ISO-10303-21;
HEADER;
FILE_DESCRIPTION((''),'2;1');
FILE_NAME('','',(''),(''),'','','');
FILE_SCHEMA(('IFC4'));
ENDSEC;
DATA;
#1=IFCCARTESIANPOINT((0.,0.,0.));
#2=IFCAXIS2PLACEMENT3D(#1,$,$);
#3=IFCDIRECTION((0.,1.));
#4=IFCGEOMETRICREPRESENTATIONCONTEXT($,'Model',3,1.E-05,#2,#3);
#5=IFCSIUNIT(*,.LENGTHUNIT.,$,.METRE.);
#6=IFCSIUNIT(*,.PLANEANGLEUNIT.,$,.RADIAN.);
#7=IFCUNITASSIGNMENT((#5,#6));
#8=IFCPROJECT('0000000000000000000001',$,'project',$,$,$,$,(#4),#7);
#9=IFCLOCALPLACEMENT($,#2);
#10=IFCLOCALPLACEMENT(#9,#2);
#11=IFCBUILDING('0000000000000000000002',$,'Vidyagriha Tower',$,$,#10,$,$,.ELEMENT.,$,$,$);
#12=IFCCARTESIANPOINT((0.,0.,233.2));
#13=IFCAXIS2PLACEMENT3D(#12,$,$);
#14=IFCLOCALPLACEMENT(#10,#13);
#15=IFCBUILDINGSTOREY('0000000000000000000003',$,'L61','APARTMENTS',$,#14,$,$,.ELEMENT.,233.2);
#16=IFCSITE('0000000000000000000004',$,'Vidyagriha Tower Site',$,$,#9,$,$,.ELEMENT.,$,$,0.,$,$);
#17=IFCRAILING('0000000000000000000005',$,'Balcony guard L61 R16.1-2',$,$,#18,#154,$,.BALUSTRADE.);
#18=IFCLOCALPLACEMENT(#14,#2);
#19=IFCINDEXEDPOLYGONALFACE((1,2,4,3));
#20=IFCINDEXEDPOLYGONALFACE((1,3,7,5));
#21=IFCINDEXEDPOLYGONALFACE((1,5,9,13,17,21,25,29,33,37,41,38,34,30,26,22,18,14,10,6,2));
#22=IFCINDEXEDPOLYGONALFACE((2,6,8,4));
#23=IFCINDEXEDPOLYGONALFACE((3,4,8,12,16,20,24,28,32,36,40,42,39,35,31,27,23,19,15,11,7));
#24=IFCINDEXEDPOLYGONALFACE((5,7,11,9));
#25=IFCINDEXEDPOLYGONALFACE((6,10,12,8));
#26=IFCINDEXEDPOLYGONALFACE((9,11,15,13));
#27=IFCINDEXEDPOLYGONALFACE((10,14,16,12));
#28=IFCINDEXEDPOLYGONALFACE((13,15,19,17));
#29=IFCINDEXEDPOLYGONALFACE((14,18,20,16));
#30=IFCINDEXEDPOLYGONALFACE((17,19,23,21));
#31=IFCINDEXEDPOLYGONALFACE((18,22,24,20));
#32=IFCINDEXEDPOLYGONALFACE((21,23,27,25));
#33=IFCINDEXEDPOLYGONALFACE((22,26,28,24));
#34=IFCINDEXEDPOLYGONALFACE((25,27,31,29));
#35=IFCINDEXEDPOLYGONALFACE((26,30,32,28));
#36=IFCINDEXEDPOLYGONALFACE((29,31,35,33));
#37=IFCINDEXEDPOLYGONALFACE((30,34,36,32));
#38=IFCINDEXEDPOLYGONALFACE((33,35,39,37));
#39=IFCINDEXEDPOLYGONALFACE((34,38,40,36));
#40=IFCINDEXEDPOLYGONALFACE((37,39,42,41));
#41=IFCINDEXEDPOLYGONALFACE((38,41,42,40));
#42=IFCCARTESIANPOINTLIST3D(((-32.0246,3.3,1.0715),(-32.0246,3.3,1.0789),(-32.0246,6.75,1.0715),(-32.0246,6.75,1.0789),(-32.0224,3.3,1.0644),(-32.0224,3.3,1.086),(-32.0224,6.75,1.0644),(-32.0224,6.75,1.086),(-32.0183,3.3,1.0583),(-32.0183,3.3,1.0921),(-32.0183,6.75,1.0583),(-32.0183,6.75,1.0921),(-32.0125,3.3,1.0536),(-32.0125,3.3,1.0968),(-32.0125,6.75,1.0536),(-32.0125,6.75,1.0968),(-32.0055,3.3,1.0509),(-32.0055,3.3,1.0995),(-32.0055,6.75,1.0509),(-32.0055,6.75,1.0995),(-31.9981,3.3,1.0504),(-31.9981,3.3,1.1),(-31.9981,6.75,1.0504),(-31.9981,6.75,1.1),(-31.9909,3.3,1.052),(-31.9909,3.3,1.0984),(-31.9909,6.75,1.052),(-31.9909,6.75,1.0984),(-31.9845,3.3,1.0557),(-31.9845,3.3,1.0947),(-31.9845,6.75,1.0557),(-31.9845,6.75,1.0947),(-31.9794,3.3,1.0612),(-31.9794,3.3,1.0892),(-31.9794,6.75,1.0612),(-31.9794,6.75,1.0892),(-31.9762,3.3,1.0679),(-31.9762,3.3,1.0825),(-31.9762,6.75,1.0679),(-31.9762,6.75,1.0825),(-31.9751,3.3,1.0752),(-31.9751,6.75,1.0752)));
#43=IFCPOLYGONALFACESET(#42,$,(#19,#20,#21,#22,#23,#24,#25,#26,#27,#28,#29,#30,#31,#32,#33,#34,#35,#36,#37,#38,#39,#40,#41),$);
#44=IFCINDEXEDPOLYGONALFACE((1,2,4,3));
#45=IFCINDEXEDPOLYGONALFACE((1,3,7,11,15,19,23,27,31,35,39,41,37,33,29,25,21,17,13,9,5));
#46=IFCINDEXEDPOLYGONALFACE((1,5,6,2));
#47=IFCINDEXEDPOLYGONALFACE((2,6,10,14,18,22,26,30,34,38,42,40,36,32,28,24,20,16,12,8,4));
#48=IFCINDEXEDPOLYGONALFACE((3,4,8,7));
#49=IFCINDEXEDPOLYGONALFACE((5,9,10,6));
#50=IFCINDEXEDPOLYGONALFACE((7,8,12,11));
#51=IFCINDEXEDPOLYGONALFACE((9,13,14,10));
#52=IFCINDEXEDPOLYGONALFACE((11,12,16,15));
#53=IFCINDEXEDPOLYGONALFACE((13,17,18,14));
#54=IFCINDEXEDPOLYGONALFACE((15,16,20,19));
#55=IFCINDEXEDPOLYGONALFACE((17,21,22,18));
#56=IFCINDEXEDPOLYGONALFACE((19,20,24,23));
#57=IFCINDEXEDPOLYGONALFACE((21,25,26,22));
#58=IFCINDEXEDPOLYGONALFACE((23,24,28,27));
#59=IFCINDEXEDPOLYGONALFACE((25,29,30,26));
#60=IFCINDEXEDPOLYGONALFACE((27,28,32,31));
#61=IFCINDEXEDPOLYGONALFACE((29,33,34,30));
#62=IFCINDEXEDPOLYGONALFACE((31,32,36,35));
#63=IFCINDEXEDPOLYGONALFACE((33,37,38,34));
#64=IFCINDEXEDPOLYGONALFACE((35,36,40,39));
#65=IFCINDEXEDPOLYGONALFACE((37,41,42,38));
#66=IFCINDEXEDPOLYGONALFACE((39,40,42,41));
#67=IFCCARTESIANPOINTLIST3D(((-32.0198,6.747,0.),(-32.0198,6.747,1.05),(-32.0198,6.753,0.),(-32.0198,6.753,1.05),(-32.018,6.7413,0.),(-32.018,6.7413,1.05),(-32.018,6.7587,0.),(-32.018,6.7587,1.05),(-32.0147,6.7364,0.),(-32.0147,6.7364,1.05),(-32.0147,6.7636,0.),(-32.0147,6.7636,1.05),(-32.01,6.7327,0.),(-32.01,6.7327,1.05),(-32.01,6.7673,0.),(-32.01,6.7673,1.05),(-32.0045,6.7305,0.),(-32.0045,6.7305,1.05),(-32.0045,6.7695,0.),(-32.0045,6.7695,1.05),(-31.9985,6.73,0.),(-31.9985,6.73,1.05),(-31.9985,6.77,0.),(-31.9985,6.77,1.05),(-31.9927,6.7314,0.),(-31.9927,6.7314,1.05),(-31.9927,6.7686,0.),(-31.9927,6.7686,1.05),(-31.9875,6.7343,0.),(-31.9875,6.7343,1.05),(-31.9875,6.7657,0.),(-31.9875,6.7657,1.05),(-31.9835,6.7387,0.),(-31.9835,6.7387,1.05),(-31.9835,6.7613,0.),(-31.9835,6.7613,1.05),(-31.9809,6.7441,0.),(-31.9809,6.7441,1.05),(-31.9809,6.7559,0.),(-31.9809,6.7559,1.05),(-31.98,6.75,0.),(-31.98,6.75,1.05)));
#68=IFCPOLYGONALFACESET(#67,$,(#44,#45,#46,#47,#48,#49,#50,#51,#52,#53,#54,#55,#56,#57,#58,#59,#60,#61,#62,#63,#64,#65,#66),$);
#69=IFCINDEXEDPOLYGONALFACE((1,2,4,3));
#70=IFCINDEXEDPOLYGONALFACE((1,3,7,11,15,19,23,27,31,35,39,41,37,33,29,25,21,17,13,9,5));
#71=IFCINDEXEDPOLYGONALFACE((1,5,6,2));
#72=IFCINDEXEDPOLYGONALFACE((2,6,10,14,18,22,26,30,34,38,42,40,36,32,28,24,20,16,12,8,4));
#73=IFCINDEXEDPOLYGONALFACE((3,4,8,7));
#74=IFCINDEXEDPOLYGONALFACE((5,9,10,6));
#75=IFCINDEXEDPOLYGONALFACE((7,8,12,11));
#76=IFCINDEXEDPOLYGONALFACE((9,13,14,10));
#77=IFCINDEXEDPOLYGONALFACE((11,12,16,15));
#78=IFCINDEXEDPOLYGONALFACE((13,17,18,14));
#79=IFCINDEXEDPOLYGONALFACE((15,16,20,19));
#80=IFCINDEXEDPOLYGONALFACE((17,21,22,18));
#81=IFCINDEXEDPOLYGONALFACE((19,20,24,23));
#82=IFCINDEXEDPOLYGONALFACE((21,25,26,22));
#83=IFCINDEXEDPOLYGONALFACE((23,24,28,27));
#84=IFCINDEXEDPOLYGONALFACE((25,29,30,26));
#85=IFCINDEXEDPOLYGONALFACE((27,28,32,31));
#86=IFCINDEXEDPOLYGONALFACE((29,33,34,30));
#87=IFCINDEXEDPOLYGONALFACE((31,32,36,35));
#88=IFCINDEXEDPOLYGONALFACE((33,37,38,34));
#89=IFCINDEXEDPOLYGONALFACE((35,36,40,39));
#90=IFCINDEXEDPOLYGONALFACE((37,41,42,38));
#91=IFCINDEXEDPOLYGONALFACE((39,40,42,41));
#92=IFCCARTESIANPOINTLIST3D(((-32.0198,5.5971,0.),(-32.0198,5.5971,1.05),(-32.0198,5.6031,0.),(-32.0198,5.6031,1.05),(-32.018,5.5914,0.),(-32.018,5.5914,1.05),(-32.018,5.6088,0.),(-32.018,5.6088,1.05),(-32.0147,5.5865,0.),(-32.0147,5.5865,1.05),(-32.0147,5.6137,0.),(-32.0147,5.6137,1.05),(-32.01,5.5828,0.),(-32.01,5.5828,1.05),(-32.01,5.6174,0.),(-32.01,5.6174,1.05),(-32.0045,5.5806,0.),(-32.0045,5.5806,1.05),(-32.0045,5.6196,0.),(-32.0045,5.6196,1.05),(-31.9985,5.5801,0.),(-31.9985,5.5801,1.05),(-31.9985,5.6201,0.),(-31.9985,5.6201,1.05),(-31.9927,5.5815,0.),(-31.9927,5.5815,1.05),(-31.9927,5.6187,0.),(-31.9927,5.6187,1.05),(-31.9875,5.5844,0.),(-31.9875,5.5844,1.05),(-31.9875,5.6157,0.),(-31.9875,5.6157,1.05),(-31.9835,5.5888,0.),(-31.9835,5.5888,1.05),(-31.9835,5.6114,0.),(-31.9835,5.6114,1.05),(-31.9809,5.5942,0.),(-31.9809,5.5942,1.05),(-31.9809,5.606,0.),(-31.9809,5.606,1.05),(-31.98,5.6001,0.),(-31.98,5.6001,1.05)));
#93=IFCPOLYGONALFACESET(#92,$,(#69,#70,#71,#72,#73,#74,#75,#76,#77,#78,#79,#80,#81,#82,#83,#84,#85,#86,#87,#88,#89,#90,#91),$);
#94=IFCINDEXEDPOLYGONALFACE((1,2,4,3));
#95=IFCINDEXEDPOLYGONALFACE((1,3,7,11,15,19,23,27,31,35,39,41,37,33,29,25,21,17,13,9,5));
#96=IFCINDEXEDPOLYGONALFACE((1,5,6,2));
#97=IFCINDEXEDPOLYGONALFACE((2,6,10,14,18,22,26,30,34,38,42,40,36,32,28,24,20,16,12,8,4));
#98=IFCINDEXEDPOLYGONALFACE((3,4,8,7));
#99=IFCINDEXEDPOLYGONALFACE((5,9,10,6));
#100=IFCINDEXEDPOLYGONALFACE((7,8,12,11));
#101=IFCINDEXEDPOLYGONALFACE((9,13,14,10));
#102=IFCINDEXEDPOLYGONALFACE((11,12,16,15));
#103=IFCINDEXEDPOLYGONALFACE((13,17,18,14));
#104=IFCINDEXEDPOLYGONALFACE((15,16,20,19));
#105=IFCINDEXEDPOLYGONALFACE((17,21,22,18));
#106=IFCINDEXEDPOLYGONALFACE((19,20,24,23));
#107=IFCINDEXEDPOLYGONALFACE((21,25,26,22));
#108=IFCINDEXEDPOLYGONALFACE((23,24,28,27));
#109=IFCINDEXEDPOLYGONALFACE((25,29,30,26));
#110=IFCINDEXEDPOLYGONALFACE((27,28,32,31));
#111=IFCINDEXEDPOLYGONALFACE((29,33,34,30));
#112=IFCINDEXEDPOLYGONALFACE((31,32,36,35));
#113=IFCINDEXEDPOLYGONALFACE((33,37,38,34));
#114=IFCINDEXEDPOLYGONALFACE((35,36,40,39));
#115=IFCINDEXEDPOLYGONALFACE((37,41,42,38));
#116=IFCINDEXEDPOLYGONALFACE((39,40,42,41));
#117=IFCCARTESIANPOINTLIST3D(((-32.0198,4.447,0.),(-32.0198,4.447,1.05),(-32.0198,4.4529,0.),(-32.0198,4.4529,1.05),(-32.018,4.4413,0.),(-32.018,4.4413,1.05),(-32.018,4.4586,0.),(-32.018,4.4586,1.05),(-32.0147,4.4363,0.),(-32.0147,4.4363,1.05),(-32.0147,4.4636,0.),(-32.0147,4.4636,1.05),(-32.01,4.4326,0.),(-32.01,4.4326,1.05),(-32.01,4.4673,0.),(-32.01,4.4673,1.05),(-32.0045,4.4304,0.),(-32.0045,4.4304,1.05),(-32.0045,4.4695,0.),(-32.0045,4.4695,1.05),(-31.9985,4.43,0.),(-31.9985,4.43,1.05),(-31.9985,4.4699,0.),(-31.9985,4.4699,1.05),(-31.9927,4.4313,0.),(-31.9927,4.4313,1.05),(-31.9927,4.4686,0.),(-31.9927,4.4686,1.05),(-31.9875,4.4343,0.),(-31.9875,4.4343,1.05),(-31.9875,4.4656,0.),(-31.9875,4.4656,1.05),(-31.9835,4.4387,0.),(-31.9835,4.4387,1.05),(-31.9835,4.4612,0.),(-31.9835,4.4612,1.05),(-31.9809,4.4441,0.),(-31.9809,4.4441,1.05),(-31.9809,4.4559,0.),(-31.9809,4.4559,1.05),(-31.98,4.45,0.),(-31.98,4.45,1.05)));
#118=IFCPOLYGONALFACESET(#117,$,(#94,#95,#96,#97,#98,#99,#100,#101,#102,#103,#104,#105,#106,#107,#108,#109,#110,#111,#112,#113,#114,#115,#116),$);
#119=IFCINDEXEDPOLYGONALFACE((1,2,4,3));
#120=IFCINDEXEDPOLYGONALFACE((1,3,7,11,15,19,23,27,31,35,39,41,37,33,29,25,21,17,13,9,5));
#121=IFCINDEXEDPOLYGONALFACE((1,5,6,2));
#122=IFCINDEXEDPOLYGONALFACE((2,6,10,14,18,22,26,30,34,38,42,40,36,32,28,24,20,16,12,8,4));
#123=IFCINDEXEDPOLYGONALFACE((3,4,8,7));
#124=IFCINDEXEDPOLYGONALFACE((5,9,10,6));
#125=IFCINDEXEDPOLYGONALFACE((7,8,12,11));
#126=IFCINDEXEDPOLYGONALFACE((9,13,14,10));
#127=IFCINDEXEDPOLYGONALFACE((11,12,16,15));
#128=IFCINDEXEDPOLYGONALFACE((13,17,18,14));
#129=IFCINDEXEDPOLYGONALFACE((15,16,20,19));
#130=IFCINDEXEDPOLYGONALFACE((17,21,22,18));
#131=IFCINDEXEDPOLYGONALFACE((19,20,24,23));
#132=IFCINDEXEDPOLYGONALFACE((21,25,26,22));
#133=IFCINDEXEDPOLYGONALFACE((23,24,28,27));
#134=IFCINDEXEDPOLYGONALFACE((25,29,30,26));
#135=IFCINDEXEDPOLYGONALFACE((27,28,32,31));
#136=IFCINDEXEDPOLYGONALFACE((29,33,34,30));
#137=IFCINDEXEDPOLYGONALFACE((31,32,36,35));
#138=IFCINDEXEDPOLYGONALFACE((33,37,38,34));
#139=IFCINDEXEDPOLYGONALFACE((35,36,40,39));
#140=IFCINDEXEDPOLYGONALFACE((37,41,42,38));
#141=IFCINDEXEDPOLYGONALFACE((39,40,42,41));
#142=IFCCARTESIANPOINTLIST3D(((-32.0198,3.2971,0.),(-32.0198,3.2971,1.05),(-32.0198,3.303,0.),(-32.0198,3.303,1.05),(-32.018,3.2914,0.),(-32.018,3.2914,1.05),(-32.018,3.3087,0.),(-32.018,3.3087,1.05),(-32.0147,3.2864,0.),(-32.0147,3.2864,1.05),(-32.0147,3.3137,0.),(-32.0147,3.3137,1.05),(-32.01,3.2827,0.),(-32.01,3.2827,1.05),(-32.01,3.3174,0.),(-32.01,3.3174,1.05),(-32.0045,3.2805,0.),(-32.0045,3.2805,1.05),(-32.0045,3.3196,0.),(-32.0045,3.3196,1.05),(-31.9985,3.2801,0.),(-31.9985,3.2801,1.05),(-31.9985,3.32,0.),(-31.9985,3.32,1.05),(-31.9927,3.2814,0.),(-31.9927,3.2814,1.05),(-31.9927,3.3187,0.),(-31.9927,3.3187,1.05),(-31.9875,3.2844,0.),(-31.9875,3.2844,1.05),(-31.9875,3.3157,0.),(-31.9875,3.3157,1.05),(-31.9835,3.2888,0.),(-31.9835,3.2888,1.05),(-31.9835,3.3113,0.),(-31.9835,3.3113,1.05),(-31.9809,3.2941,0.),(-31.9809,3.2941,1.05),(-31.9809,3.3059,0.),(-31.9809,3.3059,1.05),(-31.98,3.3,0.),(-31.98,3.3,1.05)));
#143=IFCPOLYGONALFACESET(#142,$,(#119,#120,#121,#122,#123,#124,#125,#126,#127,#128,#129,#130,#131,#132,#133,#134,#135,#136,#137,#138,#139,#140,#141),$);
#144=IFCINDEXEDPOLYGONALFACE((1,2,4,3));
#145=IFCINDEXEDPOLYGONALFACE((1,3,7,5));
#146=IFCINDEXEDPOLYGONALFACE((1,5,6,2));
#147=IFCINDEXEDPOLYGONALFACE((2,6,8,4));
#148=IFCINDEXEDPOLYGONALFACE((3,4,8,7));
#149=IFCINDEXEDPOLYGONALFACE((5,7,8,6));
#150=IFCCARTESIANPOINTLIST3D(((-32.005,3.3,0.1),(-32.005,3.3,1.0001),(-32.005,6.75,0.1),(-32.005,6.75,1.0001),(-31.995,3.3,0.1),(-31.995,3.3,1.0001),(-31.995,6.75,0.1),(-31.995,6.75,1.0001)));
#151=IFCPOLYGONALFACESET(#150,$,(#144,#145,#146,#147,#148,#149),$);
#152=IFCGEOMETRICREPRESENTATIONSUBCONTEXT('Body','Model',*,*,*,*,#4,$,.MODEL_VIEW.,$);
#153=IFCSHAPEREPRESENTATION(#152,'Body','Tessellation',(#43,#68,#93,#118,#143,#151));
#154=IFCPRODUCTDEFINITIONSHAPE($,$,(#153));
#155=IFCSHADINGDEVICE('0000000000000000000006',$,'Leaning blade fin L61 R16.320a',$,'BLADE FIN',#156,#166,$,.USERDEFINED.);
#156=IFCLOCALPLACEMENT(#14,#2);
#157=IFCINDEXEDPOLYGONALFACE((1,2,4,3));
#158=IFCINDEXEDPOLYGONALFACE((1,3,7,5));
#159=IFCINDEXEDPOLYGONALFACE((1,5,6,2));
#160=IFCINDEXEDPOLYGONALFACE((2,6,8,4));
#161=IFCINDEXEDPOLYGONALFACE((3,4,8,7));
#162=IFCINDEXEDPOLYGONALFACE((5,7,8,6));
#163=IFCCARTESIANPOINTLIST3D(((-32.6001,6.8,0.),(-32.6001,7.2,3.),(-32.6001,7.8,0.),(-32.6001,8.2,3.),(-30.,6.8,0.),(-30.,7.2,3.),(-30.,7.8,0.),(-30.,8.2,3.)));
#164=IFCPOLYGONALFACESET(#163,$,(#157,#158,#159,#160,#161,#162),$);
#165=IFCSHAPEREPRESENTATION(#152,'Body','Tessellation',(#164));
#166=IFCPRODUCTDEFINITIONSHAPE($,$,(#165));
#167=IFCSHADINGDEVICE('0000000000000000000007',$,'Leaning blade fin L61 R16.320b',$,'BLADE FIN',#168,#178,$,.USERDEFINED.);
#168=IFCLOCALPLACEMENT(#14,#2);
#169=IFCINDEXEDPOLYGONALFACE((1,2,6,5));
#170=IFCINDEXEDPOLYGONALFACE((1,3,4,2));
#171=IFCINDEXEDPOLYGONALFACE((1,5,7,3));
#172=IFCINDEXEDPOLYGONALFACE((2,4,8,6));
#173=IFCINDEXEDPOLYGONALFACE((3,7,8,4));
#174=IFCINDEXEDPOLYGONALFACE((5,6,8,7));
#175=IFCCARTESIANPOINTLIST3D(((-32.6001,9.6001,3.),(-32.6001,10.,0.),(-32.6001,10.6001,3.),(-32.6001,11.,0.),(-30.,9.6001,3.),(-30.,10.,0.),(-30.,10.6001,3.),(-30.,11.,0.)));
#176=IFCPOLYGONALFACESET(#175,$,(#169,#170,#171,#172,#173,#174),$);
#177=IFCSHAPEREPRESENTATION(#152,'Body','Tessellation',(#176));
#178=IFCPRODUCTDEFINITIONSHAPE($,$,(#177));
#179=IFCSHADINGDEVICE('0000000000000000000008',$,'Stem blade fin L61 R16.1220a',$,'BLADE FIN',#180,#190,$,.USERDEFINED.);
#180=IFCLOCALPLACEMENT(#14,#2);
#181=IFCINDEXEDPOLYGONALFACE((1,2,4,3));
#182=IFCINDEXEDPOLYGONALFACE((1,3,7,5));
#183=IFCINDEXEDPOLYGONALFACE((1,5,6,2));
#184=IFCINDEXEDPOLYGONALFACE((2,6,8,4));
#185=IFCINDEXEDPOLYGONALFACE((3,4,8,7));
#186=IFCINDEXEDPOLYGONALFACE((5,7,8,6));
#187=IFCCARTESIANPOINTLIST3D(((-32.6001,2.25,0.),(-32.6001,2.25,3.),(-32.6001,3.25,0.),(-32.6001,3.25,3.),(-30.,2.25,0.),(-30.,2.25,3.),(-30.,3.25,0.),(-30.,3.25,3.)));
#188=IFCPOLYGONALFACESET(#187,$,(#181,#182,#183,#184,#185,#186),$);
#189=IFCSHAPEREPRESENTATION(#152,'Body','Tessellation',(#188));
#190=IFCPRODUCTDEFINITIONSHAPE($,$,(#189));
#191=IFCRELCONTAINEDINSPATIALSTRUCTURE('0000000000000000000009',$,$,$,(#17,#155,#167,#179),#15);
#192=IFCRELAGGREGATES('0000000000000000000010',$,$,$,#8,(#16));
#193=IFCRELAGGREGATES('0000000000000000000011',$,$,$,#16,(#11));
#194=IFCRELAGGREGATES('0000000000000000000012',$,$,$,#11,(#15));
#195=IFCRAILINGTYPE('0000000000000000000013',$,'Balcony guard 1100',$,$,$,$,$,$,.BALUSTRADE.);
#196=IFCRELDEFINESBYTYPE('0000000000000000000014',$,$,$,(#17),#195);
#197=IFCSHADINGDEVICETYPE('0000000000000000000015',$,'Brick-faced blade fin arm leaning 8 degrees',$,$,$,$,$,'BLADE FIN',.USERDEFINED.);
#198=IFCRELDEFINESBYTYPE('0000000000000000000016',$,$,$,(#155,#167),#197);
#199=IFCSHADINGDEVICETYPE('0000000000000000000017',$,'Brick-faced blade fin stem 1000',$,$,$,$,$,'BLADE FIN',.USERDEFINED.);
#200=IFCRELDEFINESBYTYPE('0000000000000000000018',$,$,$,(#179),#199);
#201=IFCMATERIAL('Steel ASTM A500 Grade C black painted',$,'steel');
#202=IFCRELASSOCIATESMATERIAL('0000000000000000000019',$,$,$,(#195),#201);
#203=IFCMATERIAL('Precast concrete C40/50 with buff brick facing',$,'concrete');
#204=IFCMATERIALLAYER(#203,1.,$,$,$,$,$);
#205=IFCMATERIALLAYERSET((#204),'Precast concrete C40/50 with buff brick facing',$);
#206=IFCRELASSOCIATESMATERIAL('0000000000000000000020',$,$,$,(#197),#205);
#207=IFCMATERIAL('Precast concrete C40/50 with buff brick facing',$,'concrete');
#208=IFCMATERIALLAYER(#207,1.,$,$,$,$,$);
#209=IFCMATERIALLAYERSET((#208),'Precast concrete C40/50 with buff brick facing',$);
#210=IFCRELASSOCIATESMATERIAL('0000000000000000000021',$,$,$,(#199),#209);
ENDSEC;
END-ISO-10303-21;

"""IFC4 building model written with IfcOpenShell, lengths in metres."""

from ifc_helpers import new_model, si_unit, direction, frame, origin, origin_2d, place, context, subcontext, project, spatial, polyline, rectangle, circle, outline, extrude, material, layer, layer_set, type_object, element, save


model = new_model("IFC4")

# Units and contexts
model_context = context("Model", 3, precision=1e-05, world=origin(), true_north=direction((0.0, 1.0)))
body_context = subcontext(model_context, "Body", "Model", "MODEL_VIEW")
ifc_project = project(units=[si_unit("LENGTHUNIT", "METRE"), si_unit("PLANEANGLEUNIT", "RADIAN")], contexts=[model_context])

# Site, building, storey
site_placement = place(None, origin())
site = spatial("IfcSite", under=ifc_project, at=site_placement, Name="Vidyagriha Tower Site", CompositionType="ELEMENT", RefElevation=0.0)
building_placement = place(site_placement, origin())
building = spatial("IfcBuilding", under=site, at=building_placement, Name="Vidyagriha Tower", CompositionType="ELEMENT")
storey_placement = place(building_placement, frame((0.0, 0.0, 233.2)))
storey = spatial("IfcBuildingStorey", under=building, at=storey_placement, Name="L61", Description="APARTMENTS", CompositionType="ELEMENT", Elevation=233.2)

# Railing
ifc_material_1 = material(Name="Steel ASTM A500 Grade C black painted", Category="steel")
railing_type_1 = type_object("IfcRailingType", Name="Balcony guard 1100", PredefinedType="BALUSTRADE", material=ifc_material_1)
railing_1_placement = place(storey_placement, frame((-32.0, 6.75, 0.0)))
element("IfcRailing", 1, at=railing_1_placement, inside=storey, type_object=railing_type_1, Name="Balcony guard L61 R16.1-2", PredefinedType="BALUSTRADE", context=body_context, shape_type="SweptSolid", body=[
    extrude(circle(Radius=0.0249, at=origin_2d()), frame((0.0, 0.0, 1.0752), z_axis=(0.0, -1.0, 0.0), x_axis=(1.0, 0.0, 0.0)), (0.0, 0.0, 1.0), 3.45),
    extrude(circle(Radius=0.02, at=origin_2d()), origin(), (0.0, 0.0, 1.0), 1.05),
    extrude(circle(Radius=0.02, at=origin_2d()), frame((0.0, -1.1499, 0.0)), (0.0, 0.0, 1.0), 1.05),
    extrude(circle(Radius=0.02, at=origin_2d()), frame((0.0, -2.3, 0.0)), (0.0, 0.0, 1.0), 1.05),
    extrude(circle(Radius=0.02, at=origin_2d()), frame((0.0, -3.45, 0.0)), (0.0, 0.0, 1.0), 1.05),
    extrude(rectangle(XDim=0.01, YDim=0.9001, at=origin_2d()), frame((0.0, 0.0, 0.55), z_axis=(0.0, -1.0, 0.0), x_axis=(1.0, 0.0, 0.0)), (0.0, 0.0, 1.0), 3.45),
])

# Shading devices
ifc_material_2 = material(Name="Precast concrete C40/50 with buff brick facing", Category="concrete")
ifc_layer_1 = layer(ifc_material_2, 1.0)
ifc_layer_set_1 = layer_set([ifc_layer_1], Name="Precast concrete C40/50 with buff brick facing")
shading_device_type_1 = type_object("IfcShadingDeviceType", Name="Brick-faced blade fin arm leaning 8 degrees", ElementType="BLADE FIN", PredefinedType="USERDEFINED", material=ifc_layer_set_1)
shading_device_1_placement = place(storey_placement, frame((-31.3, 8.2, 0.0), z_axis=(0.0, 0.0, 1.0), x_axis=(0.0, -1.0, 0.0)))
element("IfcShadingDevice", 2, at=shading_device_1_placement, inside=storey, type_object=shading_device_type_1, Name="Leaning blade fin L61 R16.320a", ObjectType="BLADE FIN", PredefinedType="USERDEFINED", context=body_context, shape_type="SweptSolid", body=[
    extrude(outline(polyline([(0.3999, 0.0), (1.3999, 0.0), (1.0, 3.0), (0.0, 3.0), (0.3999, 0.0)])), frame((0.0, 1.3, 0.0), z_axis=(0.0, -1.0, 0.0), x_axis=(1.0, 0.0, 0.0)), (0.0, 0.0, 1.0), 2.6001),
])
shading_device_2_placement = place(storey_placement, frame((-31.3, 11.0, 0.0), z_axis=(0.0, 0.0, 1.0), x_axis=(0.0, -1.0, 0.0)))
element("IfcShadingDevice", 3, at=shading_device_2_placement, inside=storey, type_object=shading_device_type_1, Name="Leaning blade fin L61 R16.320b", ObjectType="BLADE FIN", PredefinedType="USERDEFINED", context=body_context, shape_type="SweptSolid", body=[
    extrude(outline(polyline([(0.0, 0.0), (1.0, 0.0), (1.3999, 3.0), (0.3999, 3.0), (0.0, 0.0)])), frame((0.0, 1.3, 0.0), z_axis=(0.0, -1.0, 0.0), x_axis=(1.0, 0.0, 0.0)), (0.0, 0.0, 1.0), 2.6001),
])
ifc_material_3 = material(Name="Precast concrete C40/50 with buff brick facing", Category="concrete")
ifc_layer_2 = layer(ifc_material_3, 1.0)
ifc_layer_set_2 = layer_set([ifc_layer_2], Name="Precast concrete C40/50 with buff brick facing")
shading_device_type_2 = type_object("IfcShadingDeviceType", Name="Brick-faced blade fin stem 1000", ElementType="BLADE FIN", PredefinedType="USERDEFINED", material=ifc_layer_set_2)
shading_device_3_placement = place(storey_placement, frame((-31.3, 3.25, 0.0), z_axis=(0.0, 0.0, 1.0), x_axis=(0.0, -1.0, 0.0)))
element("IfcShadingDevice", 4, at=shading_device_3_placement, inside=storey, type_object=shading_device_type_2, Name="Stem blade fin L61 R16.1220a", ObjectType="BLADE FIN", PredefinedType="USERDEFINED", context=body_context, shape_type="SweptSolid", body=[
    extrude(outline(polyline([(0.0, 0.0), (1.0, 0.0), (1.0, 3.0), (0.0, 3.0), (0.0, 0.0)])), frame((0.0, 1.3, 0.0), z_axis=(0.0, -1.0, 0.0), x_axis=(1.0, 0.0, 0.0)), (0.0, 0.0, 1.0), 2.6001),
])

save(model, "model.ifc")
